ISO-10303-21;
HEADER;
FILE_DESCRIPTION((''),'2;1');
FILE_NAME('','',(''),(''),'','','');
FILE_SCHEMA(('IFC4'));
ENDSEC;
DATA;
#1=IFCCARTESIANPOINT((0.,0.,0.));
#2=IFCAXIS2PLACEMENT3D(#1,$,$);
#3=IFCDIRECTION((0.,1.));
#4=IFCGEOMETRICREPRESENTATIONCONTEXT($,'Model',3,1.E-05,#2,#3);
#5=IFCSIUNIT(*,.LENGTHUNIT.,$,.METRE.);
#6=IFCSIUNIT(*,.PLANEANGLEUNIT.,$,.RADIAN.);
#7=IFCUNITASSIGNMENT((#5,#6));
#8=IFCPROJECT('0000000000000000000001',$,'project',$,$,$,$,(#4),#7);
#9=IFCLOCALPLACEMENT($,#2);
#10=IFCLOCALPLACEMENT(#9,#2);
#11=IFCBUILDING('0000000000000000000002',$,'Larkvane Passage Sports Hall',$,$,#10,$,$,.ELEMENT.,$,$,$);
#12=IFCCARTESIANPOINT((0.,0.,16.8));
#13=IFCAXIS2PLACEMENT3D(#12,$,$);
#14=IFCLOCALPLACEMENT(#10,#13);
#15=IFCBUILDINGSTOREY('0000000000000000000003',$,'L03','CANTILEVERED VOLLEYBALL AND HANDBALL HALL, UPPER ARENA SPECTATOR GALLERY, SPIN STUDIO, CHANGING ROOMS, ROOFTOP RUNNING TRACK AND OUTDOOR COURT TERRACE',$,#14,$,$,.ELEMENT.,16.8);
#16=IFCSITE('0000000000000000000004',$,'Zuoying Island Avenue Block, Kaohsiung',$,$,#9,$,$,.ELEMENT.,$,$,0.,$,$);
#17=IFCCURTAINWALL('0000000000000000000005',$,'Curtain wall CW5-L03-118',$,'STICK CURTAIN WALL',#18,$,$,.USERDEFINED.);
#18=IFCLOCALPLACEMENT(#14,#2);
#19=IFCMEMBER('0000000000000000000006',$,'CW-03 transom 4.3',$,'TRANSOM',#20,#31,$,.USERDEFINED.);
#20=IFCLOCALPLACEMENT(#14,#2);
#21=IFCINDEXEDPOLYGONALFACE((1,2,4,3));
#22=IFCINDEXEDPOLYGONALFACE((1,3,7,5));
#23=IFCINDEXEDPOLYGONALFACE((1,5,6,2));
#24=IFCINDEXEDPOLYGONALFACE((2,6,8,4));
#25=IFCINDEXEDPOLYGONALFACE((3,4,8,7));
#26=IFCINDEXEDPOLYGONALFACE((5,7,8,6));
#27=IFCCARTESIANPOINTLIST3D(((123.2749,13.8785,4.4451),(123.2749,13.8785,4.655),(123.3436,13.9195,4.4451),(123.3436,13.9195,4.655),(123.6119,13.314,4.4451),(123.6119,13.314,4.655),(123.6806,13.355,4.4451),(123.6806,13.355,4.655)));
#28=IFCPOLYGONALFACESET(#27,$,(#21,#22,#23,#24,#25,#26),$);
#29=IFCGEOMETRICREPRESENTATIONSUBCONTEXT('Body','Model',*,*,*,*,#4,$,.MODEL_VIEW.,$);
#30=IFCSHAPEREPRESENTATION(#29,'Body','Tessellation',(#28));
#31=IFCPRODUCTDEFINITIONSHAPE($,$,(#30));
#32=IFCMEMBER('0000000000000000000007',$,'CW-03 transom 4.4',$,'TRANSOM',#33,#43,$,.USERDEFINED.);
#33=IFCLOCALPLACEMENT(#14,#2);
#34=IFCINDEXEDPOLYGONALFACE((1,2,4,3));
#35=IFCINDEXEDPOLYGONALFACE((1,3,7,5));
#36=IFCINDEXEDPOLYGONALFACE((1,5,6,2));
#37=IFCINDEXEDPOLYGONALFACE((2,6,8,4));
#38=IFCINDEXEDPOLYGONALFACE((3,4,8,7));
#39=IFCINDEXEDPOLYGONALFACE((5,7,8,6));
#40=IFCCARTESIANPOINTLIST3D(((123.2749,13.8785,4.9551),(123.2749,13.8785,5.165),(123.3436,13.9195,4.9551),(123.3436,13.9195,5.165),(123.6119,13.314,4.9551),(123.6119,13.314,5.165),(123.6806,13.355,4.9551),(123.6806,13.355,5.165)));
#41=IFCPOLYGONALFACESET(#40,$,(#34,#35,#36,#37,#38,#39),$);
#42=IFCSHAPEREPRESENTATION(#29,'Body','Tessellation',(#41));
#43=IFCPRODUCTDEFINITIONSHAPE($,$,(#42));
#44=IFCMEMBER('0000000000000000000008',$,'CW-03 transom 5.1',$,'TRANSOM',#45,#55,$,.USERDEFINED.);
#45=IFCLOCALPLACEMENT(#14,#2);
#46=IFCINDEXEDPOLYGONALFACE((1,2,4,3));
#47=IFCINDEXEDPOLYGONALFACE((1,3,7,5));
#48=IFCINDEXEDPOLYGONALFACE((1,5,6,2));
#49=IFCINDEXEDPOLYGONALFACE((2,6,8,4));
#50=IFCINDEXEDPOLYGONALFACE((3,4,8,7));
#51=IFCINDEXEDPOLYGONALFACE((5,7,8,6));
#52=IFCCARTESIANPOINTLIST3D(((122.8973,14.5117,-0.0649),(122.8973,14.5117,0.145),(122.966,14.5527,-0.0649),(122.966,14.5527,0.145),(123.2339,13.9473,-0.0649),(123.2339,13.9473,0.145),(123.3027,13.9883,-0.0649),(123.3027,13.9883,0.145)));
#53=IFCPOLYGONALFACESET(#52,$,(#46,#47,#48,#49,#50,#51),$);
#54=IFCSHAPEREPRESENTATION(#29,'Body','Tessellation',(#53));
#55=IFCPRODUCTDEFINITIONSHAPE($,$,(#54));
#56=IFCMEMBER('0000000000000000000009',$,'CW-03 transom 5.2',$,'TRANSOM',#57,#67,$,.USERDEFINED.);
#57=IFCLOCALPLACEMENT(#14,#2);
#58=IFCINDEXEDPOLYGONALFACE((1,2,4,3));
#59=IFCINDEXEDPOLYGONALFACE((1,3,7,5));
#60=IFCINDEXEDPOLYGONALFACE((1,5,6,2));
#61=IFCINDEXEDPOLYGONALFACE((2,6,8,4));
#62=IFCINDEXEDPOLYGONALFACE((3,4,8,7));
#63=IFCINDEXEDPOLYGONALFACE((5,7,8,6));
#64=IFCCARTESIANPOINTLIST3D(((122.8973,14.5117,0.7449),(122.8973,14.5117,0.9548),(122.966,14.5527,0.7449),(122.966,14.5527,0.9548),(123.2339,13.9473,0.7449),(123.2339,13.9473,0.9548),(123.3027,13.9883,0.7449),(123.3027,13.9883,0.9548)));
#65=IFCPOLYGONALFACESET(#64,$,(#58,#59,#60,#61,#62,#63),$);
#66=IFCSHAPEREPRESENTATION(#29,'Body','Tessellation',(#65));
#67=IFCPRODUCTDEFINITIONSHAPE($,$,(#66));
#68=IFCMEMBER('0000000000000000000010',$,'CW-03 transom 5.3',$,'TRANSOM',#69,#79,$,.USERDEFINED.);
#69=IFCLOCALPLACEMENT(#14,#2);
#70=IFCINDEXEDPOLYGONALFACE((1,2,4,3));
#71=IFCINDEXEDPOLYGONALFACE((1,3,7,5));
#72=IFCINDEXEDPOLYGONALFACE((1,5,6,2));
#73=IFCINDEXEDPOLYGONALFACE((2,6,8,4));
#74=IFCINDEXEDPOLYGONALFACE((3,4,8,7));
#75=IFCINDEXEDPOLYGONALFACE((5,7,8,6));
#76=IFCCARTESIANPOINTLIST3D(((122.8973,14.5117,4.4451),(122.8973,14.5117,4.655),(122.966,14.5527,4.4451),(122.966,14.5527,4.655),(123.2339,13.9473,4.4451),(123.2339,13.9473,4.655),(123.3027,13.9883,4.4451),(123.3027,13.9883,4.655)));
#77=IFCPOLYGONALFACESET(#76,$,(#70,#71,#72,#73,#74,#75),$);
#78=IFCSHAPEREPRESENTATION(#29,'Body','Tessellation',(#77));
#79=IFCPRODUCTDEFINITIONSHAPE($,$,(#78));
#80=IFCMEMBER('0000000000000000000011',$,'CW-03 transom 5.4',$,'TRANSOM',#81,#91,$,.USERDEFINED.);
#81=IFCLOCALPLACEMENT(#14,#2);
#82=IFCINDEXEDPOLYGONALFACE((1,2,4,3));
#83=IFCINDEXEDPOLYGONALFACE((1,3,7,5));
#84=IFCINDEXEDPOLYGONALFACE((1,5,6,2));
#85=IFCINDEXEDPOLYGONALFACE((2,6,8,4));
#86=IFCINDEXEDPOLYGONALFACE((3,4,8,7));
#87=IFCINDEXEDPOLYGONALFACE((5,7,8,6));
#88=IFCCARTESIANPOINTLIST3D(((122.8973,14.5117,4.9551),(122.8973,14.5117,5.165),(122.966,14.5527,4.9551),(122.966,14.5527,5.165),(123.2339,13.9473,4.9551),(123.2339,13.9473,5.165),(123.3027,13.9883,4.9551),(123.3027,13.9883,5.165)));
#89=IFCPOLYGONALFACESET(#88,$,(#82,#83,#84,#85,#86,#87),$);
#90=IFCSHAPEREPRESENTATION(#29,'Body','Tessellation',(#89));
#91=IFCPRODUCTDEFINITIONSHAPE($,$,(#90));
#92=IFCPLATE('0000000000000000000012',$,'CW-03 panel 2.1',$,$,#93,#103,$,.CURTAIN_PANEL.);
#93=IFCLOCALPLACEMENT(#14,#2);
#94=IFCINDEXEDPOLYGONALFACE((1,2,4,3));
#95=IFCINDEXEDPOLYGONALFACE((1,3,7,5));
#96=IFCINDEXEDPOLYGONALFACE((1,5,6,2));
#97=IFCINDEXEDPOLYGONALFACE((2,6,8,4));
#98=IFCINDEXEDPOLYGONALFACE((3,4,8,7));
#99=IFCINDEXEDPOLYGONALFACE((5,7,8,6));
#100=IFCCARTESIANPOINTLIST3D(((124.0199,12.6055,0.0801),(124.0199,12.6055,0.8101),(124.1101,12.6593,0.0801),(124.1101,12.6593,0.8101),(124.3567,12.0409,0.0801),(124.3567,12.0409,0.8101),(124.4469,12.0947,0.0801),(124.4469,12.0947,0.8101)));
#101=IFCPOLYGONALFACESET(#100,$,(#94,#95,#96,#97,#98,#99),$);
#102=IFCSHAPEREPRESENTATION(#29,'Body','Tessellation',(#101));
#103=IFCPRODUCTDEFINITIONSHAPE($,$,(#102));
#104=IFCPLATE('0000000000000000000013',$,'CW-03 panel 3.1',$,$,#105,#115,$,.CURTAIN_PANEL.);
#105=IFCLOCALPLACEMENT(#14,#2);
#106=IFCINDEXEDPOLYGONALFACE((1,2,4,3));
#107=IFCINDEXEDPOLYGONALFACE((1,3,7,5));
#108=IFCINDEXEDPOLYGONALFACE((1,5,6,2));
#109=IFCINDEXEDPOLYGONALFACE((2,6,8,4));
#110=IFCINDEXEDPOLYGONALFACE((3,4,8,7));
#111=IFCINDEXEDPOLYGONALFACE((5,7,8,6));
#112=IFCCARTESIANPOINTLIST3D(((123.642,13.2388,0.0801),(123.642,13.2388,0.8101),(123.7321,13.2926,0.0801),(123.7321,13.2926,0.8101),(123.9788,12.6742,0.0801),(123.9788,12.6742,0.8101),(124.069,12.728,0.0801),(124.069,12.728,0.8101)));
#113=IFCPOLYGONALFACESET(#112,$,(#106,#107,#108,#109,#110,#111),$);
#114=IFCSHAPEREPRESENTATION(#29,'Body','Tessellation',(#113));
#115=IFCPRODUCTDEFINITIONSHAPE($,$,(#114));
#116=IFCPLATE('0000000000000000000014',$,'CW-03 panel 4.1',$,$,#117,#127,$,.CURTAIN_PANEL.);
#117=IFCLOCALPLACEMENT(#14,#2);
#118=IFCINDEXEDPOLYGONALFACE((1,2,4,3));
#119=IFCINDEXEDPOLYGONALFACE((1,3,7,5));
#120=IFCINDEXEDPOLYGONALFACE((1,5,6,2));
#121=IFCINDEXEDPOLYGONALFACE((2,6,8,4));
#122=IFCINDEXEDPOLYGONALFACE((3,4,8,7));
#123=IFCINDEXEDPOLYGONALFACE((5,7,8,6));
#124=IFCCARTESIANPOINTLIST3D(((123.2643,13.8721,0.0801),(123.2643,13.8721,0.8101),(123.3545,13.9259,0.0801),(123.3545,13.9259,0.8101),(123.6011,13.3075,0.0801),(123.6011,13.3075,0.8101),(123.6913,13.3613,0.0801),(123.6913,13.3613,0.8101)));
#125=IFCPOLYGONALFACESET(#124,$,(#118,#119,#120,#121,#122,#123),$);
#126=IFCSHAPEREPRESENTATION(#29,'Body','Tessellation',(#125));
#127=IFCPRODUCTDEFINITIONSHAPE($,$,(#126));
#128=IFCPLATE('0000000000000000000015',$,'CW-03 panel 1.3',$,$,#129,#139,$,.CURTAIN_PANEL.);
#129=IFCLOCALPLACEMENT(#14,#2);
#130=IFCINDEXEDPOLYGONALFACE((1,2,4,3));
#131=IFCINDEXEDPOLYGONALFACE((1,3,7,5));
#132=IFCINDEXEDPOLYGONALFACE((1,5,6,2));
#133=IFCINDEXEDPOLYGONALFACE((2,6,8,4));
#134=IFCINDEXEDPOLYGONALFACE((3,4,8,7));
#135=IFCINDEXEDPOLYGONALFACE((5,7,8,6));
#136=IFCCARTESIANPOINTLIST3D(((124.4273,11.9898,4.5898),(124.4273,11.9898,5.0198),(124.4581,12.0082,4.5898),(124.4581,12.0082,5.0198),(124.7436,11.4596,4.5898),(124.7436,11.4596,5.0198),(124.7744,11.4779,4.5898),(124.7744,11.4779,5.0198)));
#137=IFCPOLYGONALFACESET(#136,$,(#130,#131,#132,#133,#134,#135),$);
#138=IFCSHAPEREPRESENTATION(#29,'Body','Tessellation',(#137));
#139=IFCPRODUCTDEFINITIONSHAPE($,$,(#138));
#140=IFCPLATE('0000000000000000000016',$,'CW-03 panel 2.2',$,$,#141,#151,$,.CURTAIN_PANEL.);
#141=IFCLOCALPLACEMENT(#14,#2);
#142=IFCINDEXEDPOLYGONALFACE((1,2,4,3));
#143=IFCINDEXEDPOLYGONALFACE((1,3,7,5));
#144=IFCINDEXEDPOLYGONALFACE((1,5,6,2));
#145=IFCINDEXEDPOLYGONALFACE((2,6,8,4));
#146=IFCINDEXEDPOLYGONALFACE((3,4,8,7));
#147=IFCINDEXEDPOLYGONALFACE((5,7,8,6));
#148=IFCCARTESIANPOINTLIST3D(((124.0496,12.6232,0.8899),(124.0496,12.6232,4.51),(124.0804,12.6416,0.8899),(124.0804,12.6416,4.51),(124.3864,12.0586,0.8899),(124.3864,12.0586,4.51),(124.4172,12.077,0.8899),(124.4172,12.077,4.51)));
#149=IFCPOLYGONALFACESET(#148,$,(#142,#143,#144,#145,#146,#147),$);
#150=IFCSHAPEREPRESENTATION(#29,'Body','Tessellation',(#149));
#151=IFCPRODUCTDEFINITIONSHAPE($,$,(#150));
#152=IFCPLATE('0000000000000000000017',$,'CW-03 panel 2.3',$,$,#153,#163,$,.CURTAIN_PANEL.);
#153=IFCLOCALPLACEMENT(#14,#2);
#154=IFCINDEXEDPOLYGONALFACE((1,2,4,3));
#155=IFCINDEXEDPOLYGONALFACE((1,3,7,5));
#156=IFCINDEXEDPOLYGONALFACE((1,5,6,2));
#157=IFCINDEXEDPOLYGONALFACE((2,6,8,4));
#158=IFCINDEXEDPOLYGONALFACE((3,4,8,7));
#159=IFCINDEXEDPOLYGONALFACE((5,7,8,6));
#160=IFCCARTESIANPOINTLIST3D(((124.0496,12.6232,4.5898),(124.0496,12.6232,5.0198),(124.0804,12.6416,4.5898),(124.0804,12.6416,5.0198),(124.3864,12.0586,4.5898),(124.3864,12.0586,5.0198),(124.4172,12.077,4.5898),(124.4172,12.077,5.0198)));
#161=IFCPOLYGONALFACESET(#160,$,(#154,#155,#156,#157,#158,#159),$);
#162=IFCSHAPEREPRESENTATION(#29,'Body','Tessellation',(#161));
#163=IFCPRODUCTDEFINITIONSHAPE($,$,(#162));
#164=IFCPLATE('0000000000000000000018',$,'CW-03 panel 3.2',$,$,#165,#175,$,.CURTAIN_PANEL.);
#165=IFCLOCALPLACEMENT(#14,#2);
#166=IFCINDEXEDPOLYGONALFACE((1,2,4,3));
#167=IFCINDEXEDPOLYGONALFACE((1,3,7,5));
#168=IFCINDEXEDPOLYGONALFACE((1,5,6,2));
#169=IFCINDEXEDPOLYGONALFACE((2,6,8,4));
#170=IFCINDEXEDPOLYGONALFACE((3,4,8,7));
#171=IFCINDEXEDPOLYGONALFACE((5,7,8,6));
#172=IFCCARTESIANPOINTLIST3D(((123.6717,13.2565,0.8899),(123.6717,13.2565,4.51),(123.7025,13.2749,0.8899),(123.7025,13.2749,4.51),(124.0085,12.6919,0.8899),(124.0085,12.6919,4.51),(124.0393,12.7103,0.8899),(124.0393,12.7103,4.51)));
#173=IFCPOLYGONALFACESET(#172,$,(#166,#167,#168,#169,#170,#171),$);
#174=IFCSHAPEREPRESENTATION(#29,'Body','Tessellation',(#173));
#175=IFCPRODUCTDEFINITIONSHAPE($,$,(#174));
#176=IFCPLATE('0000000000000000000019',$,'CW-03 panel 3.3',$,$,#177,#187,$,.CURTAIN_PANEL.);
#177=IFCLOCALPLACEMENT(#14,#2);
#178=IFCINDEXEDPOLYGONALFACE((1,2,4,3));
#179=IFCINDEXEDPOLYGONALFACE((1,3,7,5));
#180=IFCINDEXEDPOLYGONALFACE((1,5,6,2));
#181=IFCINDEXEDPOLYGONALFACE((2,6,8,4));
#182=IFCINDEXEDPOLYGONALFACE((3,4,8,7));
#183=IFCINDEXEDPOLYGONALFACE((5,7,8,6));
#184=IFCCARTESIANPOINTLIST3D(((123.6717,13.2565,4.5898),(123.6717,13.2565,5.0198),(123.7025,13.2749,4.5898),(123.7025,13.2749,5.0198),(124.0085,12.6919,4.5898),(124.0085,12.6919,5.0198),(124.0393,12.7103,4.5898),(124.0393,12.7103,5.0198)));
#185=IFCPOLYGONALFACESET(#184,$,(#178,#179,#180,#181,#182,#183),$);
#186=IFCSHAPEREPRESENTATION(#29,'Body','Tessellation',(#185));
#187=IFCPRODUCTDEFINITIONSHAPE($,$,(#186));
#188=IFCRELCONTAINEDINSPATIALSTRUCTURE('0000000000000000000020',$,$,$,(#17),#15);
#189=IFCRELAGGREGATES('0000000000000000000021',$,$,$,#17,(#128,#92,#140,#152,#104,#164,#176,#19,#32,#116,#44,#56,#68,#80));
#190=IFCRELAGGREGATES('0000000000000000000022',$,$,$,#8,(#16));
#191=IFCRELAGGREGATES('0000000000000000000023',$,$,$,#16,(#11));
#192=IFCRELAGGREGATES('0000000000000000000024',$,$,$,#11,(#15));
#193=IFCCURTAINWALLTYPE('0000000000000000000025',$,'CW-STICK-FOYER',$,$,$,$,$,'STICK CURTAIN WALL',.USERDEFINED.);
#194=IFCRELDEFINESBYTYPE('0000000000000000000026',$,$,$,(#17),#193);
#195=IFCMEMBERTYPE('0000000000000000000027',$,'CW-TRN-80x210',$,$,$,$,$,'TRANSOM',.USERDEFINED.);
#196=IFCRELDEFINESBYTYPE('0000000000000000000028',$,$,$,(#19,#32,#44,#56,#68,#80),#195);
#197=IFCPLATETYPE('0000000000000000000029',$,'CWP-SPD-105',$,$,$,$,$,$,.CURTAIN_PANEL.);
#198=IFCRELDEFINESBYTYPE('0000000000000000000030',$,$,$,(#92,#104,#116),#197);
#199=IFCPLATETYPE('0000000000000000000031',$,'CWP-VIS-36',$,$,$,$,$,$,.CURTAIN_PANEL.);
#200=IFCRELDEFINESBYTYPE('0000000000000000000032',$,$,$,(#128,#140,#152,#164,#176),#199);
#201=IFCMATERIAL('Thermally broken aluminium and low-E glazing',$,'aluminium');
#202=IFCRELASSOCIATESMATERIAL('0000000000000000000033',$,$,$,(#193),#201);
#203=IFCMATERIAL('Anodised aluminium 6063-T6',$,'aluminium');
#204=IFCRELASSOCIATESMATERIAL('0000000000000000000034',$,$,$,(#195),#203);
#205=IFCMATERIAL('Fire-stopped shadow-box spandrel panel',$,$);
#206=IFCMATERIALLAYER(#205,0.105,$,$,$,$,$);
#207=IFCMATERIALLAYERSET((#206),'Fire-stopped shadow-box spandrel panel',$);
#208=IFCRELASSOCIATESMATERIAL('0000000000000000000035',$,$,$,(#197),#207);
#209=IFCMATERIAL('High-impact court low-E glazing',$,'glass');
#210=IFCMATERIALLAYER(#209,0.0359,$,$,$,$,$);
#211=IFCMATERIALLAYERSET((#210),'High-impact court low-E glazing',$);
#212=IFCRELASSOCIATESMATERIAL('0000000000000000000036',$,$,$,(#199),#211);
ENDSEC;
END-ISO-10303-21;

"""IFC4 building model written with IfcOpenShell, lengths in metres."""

from ifc_helpers import new_model, si_unit, direction, frame, origin, origin_2d, place, context, subcontext, project, spatial, rectangle, extrude, material, layer, layer_set, material_profile, profile_set, type_object, element, aggregate, save


model = new_model("IFC4")

# Units and contexts
model_context = context("Model", 3, precision=1e-05, world=origin(), true_north=direction((0.0, 1.0)))
body_context = subcontext(model_context, "Body", "Model", "MODEL_VIEW")
ifc_project = project(units=[si_unit("LENGTHUNIT", "METRE"), si_unit("PLANEANGLEUNIT", "RADIAN")], contexts=[model_context])

# Site, building, storey
site_placement = place(None, origin())
site = spatial("IfcSite", under=ifc_project, at=site_placement, Name="Zuoying Island Avenue Block, Kaohsiung", CompositionType="ELEMENT", RefElevation=0.0)
building_placement = place(site_placement, origin())
building = spatial("IfcBuilding", under=site, at=building_placement, Name="Larkvane Passage Sports Hall", CompositionType="ELEMENT")
storey_placement = place(building_placement, frame((0.0, 0.0, 16.8)))
storey = spatial("IfcBuildingStorey", under=building, at=storey_placement, Name="L03", Description="CANTILEVERED VOLLEYBALL AND HANDBALL HALL, UPPER ARENA SPECTATOR GALLERY, SPIN STUDIO, CHANGING ROOMS, ROOFTOP RUNNING TRACK AND OUTDOOR COURT TERRACE", CompositionType="ELEMENT", Elevation=16.8)

# Curtain wall, members, plates
ifc_material_1 = material(Name="Thermally broken aluminium and low-E glazing", Category="aluminium")
curtain_wall_type = type_object("IfcCurtainWallType", Name="CW-STICK-FOYER", ElementType="STICK CURTAIN WALL", PredefinedType="USERDEFINED", material=ifc_material_1)
curtain_wall_placement = place(storey_placement, origin())
curtain_wall = element("IfcCurtainWall", 1, at=curtain_wall_placement, inside=storey, type_object=curtain_wall_type, Name="Curtain wall CW5-L03-118", ObjectType="STICK CURTAIN WALL", PredefinedType="USERDEFINED")
ifc_material_2 = material(Name="Anodised aluminium 6063-T6", Category="aluminium")
ifc_material_profile_1 = material_profile(ifc_material_2, rectangle(XDim=0.0801, YDim=0.21, at=origin_2d()), Name="ALU-TRN-80x210")
ifc_profile_set_1 = profile_set([ifc_material_profile_1], Name="Anodised aluminium 6063-T6")
member_type_1 = type_object("IfcMemberType", Name="CW-TRN-80x210", ElementType="TRANSOM", PredefinedType="USERDEFINED", material=ifc_profile_set_1)
member_1_placement = place(storey_placement, frame((123.6462, 13.3345, 4.55), z_axis=(-0.512528, 0.85867, 0.0), x_axis=(-0.85867, -0.512528, 0.0)))
member_1 = element("IfcMember", 2, at=member_1_placement, type_object=member_type_1, Name="CW-03 transom 4.3", ObjectType="TRANSOM", PredefinedType="USERDEFINED", context=body_context, shape_type="SweptSolid", body=[
    extrude(rectangle(XDim=0.0801, YDim=0.21, at=origin_2d()), origin(), (0.0, 0.0, 1.0), 0.6575),
])
member_2_placement = place(storey_placement, frame((123.6462, 13.3345, 5.0601), z_axis=(-0.512528, 0.85867, 0.0), x_axis=(-0.85867, -0.512528, 0.0)))
member_2 = element("IfcMember", 3, at=member_2_placement, type_object=member_type_1, Name="CW-03 transom 4.4", ObjectType="TRANSOM", PredefinedType="USERDEFINED", context=body_context, shape_type="SweptSolid", body=[
    extrude(rectangle(XDim=0.0801, YDim=0.21, at=origin_2d()), origin(), (0.0, 0.0, 1.0), 0.6575),
])
member_3_placement = place(storey_placement, frame((123.2683, 13.9678, 0.04), z_axis=(-0.512254, 0.858834, 0.0), x_axis=(-0.858834, -0.512254, 0.0)))
member_3 = element("IfcMember", 4, at=member_3_placement, type_object=member_type_1, Name="CW-03 transom 5.1", ObjectType="TRANSOM", PredefinedType="USERDEFINED", context=body_context, shape_type="SweptSolid", body=[
    extrude(rectangle(XDim=0.0801, YDim=0.21, at=origin_2d()), origin(), (0.0, 0.0, 1.0), 0.6572),
])
member_4_placement = place(storey_placement, frame((123.2683, 13.9678, 0.8499), z_axis=(-0.512254, 0.858834, 0.0), x_axis=(-0.858834, -0.512254, 0.0)))
member_4 = element("IfcMember", 5, at=member_4_placement, type_object=member_type_1, Name="CW-03 transom 5.2", ObjectType="TRANSOM", PredefinedType="USERDEFINED", context=body_context, shape_type="SweptSolid", body=[
    extrude(rectangle(XDim=0.0801, YDim=0.21, at=origin_2d()), origin(), (0.0, 0.0, 1.0), 0.6572),
])
member_5_placement = place(storey_placement, frame((123.2683, 13.9678, 4.55), z_axis=(-0.512254, 0.858834, 0.0), x_axis=(-0.858834, -0.512254, 0.0)))
member_5 = element("IfcMember", 6, at=member_5_placement, type_object=member_type_1, Name="CW-03 transom 5.3", ObjectType="TRANSOM", PredefinedType="USERDEFINED", context=body_context, shape_type="SweptSolid", body=[
    extrude(rectangle(XDim=0.0801, YDim=0.21, at=origin_2d()), origin(), (0.0, 0.0, 1.0), 0.6572),
])
member_6_placement = place(storey_placement, frame((123.2683, 13.9678, 5.0601), z_axis=(-0.512254, 0.858834, 0.0), x_axis=(-0.858834, -0.512254, 0.0)))
member_6 = element("IfcMember", 7, at=member_6_placement, type_object=member_type_1, Name="CW-03 transom 5.4", ObjectType="TRANSOM", PredefinedType="USERDEFINED", context=body_context, shape_type="SweptSolid", body=[
    extrude(rectangle(XDim=0.0801, YDim=0.21, at=origin_2d()), origin(), (0.0, 0.0, 1.0), 0.6572),
])
ifc_material_3 = material(Name="Fire-stopped shadow-box spandrel panel")
ifc_layer_1 = layer(ifc_material_3, 0.105)
ifc_layer_set_1 = layer_set([ifc_layer_1], Name="Fire-stopped shadow-box spandrel panel")
plate_type_1 = type_object("IfcPlateType", Name="CWP-SPD-105", PredefinedType="CURTAIN_PANEL", material=ifc_layer_set_1)
plate_1_placement = place(storey_placement, frame((124.2334, 12.3501, 0.0801), z_axis=(0.0, 0.0, 1.0), x_axis=(-0.512278, 0.85882, 0.0)))
plate_1 = element("IfcPlate", 8, at=plate_1_placement, type_object=plate_type_1, Name="CW-03 panel 2.1", PredefinedType="CURTAIN_PANEL", context=body_context, shape_type="SweptSolid", body=[
    extrude(rectangle(XDim=0.6575, YDim=0.105, at=origin_2d()), origin(), (0.0, 0.0, 1.0), 0.73),
])
plate_2_placement = place(storey_placement, frame((123.8555, 12.9834, 0.0801), z_axis=(0.0, 0.0, 1.0), x_axis=(-0.512278, 0.85882, 0.0)))
plate_2 = element("IfcPlate", 9, at=plate_2_placement, type_object=plate_type_1, Name="CW-03 panel 3.1", PredefinedType="CURTAIN_PANEL", context=body_context, shape_type="SweptSolid", body=[
    extrude(rectangle(XDim=0.6575, YDim=0.105, at=origin_2d()), origin(), (0.0, 0.0, 1.0), 0.73),
])
plate_3_placement = place(storey_placement, frame((123.4778, 13.6167, 0.0801), z_axis=(0.0, 0.0, 1.0), x_axis=(-0.512278, 0.85882, 0.0)))
plate_3 = element("IfcPlate", 10, at=plate_3_placement, type_object=plate_type_1, Name="CW-03 panel 4.1", PredefinedType="CURTAIN_PANEL", context=body_context, shape_type="SweptSolid", body=[
    extrude(rectangle(XDim=0.6575, YDim=0.105, at=origin_2d()), origin(), (0.0, 0.0, 1.0), 0.73),
])
ifc_material_4 = material(Name="High-impact court low-E glazing", Category="glass")
ifc_layer_2 = layer(ifc_material_4, 0.0359)
ifc_layer_set_2 = layer_set([ifc_layer_2], Name="High-impact court low-E glazing")
plate_type_2 = type_object("IfcPlateType", Name="CWP-VIS-36", PredefinedType="CURTAIN_PANEL", material=ifc_layer_set_2)
plate_4_placement = place(storey_placement, frame((124.6008, 11.7339, 4.5898), z_axis=(0.0, 0.0, 1.0), x_axis=(-0.512278, 0.85882, 0.0)))
plate_4 = element("IfcPlate", 11, at=plate_4_placement, type_object=plate_type_2, Name="CW-03 panel 1.3", PredefinedType="CURTAIN_PANEL", context=body_context, shape_type="SweptSolid", body=[
    extrude(rectangle(XDim=0.6174, YDim=0.0359, at=origin_2d()), origin(), (0.0, 0.0, 1.0), 0.4299),
])
plate_5_placement = place(storey_placement, frame((124.2334, 12.3501, 0.8899), z_axis=(0.0, 0.0, 1.0), x_axis=(-0.512278, 0.85882, 0.0)))
plate_5 = element("IfcPlate", 12, at=plate_5_placement, type_object=plate_type_2, Name="CW-03 panel 2.2", PredefinedType="CURTAIN_PANEL", context=body_context, shape_type="SweptSolid", body=[
    extrude(rectangle(XDim=0.6575, YDim=0.0359, at=origin_2d()), origin(), (0.0, 0.0, 1.0), 3.6201),
])
plate_6_placement = place(storey_placement, frame((124.2334, 12.3501, 4.5898), z_axis=(0.0, 0.0, 1.0), x_axis=(-0.512278, 0.85882, 0.0)))
plate_6 = element("IfcPlate", 13, at=plate_6_placement, type_object=plate_type_2, Name="CW-03 panel 2.3", PredefinedType="CURTAIN_PANEL", context=body_context, shape_type="SweptSolid", body=[
    extrude(rectangle(XDim=0.6575, YDim=0.0359, at=origin_2d()), origin(), (0.0, 0.0, 1.0), 0.4299),
])
plate_7_placement = place(storey_placement, frame((123.8555, 12.9834, 0.8899), z_axis=(0.0, 0.0, 1.0), x_axis=(-0.512278, 0.85882, 0.0)))
plate_7 = element("IfcPlate", 14, at=plate_7_placement, type_object=plate_type_2, Name="CW-03 panel 3.2", PredefinedType="CURTAIN_PANEL", context=body_context, shape_type="SweptSolid", body=[
    extrude(rectangle(XDim=0.6575, YDim=0.0359, at=origin_2d()), origin(), (0.0, 0.0, 1.0), 3.6201),
])
plate_8_placement = place(storey_placement, frame((123.8555, 12.9834, 4.5898), z_axis=(0.0, 0.0, 1.0), x_axis=(-0.512278, 0.85882, 0.0)))
plate_8 = element("IfcPlate", 15, at=plate_8_placement, type_object=plate_type_2, Name="CW-03 panel 3.3", PredefinedType="CURTAIN_PANEL", context=body_context, shape_type="SweptSolid", body=[
    extrude(rectangle(XDim=0.6575, YDim=0.0359, at=origin_2d()), origin(), (0.0, 0.0, 1.0), 0.4299),
])
aggregate(curtain_wall, [plate_4, plate_1, plate_5, plate_6, plate_2, plate_7, plate_8, member_1, member_2, plate_3, member_3, member_4, member_5, member_6])

save(model, "model.ifc")
